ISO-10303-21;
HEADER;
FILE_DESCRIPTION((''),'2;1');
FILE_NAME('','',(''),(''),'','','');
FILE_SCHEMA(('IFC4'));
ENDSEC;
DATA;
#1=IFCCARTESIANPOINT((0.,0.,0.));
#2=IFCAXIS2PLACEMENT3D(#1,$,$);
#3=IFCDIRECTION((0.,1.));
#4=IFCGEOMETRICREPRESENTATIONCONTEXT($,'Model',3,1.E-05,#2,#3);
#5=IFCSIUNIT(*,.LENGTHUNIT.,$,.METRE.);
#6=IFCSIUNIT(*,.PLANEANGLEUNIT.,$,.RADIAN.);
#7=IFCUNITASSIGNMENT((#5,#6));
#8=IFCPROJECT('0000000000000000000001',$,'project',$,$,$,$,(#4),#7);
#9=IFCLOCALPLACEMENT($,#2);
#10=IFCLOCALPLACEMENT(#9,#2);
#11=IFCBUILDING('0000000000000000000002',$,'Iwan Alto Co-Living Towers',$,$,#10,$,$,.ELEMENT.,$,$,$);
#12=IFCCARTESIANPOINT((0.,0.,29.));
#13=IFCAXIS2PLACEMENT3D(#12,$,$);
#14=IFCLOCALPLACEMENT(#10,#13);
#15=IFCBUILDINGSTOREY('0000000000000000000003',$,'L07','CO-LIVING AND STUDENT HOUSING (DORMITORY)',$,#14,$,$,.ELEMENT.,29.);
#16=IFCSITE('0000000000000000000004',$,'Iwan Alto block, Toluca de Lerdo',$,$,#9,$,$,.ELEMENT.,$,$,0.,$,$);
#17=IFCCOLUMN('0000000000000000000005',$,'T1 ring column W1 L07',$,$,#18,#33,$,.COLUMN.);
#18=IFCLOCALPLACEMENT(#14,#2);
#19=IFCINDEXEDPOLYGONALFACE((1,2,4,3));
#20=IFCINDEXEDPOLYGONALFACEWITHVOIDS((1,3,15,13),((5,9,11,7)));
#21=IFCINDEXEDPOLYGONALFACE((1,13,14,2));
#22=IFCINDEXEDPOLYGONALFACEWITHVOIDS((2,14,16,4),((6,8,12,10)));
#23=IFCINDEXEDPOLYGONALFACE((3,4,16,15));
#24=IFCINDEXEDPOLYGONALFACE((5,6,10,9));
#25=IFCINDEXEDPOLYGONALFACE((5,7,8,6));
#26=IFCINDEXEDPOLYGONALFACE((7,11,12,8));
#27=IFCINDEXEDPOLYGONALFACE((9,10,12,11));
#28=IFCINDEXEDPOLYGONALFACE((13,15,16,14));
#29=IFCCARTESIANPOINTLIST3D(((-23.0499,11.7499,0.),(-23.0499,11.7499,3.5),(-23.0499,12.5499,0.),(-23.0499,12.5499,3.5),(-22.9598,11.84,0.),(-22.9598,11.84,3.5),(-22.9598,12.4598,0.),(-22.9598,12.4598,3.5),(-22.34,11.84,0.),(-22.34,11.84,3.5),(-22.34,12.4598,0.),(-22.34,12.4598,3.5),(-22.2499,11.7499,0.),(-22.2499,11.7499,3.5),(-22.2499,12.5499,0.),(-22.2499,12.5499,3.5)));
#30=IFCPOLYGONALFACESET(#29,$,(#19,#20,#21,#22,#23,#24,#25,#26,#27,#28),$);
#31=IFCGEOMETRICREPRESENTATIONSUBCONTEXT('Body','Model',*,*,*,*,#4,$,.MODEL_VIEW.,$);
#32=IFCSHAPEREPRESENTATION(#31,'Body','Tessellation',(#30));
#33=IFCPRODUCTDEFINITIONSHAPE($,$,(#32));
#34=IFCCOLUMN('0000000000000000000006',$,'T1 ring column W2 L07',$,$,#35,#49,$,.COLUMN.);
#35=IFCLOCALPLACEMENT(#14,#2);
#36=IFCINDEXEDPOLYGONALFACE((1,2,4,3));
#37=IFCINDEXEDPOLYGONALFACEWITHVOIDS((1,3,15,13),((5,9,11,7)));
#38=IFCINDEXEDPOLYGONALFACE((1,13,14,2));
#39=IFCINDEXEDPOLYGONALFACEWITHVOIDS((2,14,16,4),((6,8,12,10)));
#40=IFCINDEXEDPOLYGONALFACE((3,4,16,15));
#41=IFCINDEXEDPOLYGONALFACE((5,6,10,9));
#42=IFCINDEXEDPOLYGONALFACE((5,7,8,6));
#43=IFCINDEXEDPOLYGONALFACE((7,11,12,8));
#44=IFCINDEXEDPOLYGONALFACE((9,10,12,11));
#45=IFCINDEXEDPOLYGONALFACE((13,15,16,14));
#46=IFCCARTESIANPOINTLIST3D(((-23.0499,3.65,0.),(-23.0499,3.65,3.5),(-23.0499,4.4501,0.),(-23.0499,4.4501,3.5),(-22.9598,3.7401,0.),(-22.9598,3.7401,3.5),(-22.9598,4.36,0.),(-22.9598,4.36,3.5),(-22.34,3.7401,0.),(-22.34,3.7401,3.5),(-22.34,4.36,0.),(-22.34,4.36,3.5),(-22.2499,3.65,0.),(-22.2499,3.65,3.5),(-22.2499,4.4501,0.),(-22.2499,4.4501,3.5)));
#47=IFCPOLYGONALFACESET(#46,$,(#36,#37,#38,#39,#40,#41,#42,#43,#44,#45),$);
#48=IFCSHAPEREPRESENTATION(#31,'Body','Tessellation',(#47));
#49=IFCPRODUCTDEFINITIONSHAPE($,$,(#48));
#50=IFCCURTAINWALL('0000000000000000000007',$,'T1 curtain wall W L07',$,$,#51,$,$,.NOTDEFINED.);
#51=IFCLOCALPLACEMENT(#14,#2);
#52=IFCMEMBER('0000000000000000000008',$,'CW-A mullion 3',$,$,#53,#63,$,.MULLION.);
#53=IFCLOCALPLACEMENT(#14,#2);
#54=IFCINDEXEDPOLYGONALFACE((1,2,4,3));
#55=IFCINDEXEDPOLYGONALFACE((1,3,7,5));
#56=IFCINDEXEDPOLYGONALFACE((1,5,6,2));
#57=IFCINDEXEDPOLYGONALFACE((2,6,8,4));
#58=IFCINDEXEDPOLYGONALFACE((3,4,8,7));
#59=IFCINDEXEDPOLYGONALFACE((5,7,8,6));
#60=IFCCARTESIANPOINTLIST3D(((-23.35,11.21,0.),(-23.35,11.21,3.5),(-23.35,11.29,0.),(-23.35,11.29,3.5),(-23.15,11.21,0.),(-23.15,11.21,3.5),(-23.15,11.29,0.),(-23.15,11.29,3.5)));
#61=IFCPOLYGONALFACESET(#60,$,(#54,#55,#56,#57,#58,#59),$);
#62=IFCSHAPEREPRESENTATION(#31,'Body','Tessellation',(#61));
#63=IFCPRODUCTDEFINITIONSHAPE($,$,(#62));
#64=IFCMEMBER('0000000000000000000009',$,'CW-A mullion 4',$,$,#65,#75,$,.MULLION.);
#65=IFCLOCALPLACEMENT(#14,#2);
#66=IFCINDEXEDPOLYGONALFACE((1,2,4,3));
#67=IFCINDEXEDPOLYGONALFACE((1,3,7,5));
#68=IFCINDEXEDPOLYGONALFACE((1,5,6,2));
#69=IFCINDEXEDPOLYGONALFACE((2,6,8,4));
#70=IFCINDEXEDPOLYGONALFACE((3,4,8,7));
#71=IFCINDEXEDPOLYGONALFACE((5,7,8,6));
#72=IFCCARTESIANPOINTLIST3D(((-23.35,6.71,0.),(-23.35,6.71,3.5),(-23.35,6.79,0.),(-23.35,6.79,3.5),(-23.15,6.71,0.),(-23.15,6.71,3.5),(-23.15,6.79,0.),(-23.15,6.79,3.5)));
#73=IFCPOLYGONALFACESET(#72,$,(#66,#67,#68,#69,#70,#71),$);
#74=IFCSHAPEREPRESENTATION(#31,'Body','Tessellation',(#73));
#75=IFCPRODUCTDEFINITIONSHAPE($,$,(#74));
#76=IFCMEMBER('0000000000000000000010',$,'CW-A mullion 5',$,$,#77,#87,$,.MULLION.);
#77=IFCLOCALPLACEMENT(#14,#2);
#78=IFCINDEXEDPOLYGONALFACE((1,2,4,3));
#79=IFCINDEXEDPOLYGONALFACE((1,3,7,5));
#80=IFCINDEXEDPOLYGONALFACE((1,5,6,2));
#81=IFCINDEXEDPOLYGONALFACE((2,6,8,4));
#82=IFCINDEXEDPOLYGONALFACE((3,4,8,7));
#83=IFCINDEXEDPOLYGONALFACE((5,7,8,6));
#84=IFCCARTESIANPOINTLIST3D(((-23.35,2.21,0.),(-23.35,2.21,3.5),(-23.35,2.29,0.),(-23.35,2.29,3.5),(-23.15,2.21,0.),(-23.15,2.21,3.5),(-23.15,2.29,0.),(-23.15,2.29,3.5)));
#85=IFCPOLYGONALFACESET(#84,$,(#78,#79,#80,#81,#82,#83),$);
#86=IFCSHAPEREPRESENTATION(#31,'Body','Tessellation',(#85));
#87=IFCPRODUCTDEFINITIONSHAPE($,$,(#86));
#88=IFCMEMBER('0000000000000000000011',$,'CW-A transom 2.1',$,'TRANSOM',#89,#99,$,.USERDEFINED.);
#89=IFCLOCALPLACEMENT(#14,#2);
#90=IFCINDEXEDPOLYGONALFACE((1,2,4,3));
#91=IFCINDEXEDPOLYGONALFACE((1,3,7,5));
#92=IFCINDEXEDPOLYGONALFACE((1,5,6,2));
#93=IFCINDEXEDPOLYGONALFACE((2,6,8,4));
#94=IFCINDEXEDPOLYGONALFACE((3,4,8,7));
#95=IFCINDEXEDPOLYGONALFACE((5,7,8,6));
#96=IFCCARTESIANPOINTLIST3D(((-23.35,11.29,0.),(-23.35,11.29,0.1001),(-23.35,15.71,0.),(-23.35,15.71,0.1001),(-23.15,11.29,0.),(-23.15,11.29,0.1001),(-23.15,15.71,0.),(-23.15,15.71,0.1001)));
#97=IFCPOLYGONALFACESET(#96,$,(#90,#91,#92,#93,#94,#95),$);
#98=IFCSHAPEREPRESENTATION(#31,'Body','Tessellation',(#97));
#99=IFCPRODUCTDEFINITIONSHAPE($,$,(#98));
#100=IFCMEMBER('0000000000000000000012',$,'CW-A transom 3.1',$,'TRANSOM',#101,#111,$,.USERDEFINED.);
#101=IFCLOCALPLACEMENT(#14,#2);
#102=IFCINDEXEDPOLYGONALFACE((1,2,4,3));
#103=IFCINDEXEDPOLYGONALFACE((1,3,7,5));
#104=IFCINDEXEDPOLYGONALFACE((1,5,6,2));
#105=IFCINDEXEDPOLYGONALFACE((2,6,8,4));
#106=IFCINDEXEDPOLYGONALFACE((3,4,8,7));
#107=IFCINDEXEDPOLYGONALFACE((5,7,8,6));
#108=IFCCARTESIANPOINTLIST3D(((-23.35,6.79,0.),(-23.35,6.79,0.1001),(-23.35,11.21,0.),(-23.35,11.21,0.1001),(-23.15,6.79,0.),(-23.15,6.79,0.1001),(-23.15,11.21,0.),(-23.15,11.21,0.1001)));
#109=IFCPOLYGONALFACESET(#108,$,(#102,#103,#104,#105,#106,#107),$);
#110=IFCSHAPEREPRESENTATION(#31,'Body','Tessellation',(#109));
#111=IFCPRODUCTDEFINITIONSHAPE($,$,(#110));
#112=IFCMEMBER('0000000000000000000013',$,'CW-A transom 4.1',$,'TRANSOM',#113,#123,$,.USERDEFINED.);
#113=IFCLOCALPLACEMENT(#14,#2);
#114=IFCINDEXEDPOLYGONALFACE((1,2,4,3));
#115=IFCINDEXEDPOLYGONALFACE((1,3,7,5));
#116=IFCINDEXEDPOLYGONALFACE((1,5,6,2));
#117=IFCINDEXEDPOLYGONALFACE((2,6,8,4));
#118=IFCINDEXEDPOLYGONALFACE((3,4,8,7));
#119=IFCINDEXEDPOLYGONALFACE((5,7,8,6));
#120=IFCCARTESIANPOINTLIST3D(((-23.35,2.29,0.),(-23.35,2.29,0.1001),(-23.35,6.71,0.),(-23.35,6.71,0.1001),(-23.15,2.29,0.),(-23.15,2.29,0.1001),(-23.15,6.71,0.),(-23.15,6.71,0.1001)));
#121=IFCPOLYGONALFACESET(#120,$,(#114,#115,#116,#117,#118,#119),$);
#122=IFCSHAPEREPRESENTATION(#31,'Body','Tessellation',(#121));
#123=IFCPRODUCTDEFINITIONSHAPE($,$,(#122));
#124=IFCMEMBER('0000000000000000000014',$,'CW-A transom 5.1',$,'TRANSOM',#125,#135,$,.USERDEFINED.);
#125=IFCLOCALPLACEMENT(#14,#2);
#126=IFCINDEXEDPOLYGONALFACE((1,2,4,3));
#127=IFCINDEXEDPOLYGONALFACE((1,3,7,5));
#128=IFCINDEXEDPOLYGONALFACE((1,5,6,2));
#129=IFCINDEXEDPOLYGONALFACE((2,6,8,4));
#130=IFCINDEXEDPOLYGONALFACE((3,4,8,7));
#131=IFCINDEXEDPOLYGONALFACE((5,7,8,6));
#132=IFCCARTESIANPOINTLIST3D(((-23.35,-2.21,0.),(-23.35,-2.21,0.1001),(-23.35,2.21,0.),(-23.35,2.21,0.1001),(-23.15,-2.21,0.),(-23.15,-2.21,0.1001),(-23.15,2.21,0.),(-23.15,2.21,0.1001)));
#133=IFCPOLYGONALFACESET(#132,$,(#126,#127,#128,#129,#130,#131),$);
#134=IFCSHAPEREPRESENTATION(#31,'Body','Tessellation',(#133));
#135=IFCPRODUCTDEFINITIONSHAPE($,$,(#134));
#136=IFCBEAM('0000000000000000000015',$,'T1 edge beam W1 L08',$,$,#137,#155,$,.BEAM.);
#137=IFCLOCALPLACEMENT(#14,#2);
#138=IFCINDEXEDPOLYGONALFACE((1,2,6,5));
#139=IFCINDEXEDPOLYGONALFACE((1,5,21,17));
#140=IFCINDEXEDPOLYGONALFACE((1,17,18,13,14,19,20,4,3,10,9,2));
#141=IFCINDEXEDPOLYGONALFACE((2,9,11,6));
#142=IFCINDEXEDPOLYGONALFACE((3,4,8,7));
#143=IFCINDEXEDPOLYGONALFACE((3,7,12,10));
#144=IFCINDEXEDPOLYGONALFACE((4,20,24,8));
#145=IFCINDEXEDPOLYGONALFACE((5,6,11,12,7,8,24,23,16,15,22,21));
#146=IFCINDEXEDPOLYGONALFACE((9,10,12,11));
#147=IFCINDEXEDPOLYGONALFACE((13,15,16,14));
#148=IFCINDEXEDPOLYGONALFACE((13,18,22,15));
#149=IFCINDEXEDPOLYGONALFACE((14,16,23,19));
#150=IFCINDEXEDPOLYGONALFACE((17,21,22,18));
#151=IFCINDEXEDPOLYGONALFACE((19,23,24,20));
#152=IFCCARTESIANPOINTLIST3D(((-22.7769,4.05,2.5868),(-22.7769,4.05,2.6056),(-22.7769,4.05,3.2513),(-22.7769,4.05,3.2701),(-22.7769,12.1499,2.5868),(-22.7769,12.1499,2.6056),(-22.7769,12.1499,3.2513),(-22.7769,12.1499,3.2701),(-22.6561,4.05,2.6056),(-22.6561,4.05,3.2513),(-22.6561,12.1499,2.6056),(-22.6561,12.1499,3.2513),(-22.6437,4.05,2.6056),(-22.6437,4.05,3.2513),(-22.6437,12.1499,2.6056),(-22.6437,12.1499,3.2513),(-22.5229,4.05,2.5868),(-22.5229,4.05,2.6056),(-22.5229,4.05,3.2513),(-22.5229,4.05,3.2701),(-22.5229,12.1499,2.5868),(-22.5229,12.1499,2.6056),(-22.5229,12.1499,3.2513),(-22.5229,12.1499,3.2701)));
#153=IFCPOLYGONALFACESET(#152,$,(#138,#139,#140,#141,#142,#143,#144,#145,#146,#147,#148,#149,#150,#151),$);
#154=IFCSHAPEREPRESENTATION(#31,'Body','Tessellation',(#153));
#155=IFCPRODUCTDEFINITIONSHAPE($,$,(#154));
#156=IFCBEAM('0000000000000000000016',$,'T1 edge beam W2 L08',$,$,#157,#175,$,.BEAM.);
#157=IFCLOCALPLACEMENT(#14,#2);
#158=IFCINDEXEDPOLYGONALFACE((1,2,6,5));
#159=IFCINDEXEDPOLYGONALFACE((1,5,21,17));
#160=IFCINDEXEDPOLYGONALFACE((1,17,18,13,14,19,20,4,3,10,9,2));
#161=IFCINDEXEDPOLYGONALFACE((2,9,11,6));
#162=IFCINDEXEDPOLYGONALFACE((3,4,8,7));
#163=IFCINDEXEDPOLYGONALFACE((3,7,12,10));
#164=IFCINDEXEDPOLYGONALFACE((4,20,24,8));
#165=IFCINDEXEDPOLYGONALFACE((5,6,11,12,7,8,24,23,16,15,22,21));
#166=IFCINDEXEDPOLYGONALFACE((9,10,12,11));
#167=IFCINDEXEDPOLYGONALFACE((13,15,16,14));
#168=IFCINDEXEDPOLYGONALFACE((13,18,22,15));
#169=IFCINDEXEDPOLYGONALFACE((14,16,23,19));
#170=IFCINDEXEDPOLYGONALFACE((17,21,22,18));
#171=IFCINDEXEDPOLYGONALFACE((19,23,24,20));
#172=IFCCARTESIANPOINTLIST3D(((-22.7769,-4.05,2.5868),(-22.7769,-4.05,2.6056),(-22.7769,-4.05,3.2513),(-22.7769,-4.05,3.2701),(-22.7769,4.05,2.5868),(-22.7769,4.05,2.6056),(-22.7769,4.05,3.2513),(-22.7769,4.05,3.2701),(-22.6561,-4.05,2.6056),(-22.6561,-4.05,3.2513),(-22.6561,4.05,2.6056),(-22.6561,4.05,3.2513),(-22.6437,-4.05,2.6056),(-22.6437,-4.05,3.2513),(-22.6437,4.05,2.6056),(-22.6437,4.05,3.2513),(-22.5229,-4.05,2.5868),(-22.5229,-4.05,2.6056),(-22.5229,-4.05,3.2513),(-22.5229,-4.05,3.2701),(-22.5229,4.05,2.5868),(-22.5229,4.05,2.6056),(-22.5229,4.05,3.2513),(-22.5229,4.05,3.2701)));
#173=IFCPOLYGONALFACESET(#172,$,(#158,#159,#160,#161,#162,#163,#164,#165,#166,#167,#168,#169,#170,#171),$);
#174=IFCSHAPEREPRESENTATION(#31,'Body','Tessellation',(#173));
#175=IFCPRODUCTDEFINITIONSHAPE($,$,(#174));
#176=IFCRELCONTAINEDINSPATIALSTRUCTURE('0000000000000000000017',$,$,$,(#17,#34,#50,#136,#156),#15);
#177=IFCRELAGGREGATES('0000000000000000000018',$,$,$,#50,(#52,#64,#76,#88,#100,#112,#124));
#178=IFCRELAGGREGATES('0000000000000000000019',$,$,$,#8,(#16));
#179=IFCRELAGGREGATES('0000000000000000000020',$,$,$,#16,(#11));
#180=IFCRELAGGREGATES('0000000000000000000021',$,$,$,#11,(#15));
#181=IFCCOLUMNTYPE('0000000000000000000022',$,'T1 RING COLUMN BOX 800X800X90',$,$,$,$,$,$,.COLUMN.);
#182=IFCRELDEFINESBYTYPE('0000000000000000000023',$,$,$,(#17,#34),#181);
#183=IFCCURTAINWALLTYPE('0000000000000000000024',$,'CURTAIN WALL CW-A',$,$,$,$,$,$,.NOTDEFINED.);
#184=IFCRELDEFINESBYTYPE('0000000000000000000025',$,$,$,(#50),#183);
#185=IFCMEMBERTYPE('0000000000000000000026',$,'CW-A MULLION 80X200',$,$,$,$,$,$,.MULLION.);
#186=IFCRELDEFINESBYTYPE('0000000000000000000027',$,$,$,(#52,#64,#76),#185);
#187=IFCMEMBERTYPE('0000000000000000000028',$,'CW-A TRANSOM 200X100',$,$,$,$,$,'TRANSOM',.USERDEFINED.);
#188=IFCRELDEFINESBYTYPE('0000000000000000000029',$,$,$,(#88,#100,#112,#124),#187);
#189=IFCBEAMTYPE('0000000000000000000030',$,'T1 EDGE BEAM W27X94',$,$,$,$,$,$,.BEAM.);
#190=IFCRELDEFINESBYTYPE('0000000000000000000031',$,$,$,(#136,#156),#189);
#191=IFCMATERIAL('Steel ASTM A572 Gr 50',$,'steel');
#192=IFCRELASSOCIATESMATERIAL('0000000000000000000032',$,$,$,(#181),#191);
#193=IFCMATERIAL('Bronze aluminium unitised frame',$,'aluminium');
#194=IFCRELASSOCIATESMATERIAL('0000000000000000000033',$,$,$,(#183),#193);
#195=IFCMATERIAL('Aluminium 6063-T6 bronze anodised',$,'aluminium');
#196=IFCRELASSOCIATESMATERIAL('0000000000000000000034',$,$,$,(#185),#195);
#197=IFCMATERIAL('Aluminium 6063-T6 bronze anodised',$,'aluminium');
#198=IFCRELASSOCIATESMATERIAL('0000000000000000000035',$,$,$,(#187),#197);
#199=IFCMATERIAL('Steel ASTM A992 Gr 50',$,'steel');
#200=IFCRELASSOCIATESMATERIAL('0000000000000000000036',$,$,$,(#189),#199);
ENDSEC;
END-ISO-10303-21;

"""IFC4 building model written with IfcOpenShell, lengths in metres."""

from ifc_helpers import new_model, si_unit, direction, frame, origin, origin_2d, place, context, subcontext, project, spatial, rectangle, hollow_rectangle, i_section, extrude, material, material_profile, profile_set, type_object, element, aggregate, save


model = new_model("IFC4")

# Units and contexts
model_context = context("Model", 3, precision=1e-05, world=origin(), true_north=direction((0.0, 1.0)))
body_context = subcontext(model_context, "Body", "Model", "MODEL_VIEW")
ifc_project = project(units=[si_unit("LENGTHUNIT", "METRE"), si_unit("PLANEANGLEUNIT", "RADIAN")], contexts=[model_context])

# Site, building, storey
site_placement = place(None, origin())
site = spatial("IfcSite", under=ifc_project, at=site_placement, Name="Iwan Alto block, Toluca de Lerdo", CompositionType="ELEMENT", RefElevation=0.0)
building_placement = place(site_placement, origin())
building = spatial("IfcBuilding", under=site, at=building_placement, Name="Iwan Alto Co-Living Towers", CompositionType="ELEMENT")
storey_placement = place(building_placement, frame((0.0, 0.0, 29.0)))
storey = spatial("IfcBuildingStorey", under=building, at=storey_placement, Name="L07", Description="CO-LIVING AND STUDENT HOUSING (DORMITORY)", CompositionType="ELEMENT", Elevation=29.0)

# Columns
ifc_material_1 = material(Name="Steel ASTM A572 Gr 50", Category="steel")
ifc_material_profile_1 = material_profile(ifc_material_1, hollow_rectangle(XDim=0.8, YDim=0.8, WallThickness=0.0901, at=origin_2d()), Name="BOX 800X800X90")
ifc_profile_set_1 = profile_set([ifc_material_profile_1], Name="Steel ASTM A572 Gr 50")
column_type = type_object("IfcColumnType", Name="T1 RING COLUMN BOX 800X800X90", PredefinedType="COLUMN", material=ifc_profile_set_1)
for number, where, z_axis, x_axis, name in (
    (1, (-22.6499, 12.1499, 0.0), (0.0, 0.0, 1.0), (1.0, 0.0, 0.0), "T1 ring column W1 L07"),
    (2, (-22.6499, 4.05, 0.0), (0.0, 0.0, 1.0), (1.0, 0.0, 0.0), "T1 ring column W2 L07"),
):
    element("IfcColumn", number, at=place(storey_placement, frame(where, z_axis=z_axis, x_axis=x_axis)), inside=storey, type_object=column_type, Name=name, PredefinedType="COLUMN", context=body_context, shape_type="SweptSolid", body=[
        extrude(hollow_rectangle(XDim=0.8, YDim=0.8, WallThickness=0.0901, at=origin_2d()), origin(), (0.0, 0.0, 1.0), 3.5),
    ])

# Curtain wall, members
ifc_material_2 = material(Name="Bronze aluminium unitised frame", Category="aluminium")
curtain_wall_type = type_object("IfcCurtainWallType", Name="CURTAIN WALL CW-A", PredefinedType="NOTDEFINED", material=ifc_material_2)
curtain_wall_placement = place(storey_placement, origin())
curtain_wall = element("IfcCurtainWall", 3, at=curtain_wall_placement, inside=storey, type_object=curtain_wall_type, Name="T1 curtain wall W L07", PredefinedType="NOTDEFINED")
ifc_material_3 = material(Name="Aluminium 6063-T6 bronze anodised", Category="aluminium")
ifc_material_profile_2 = material_profile(ifc_material_3, rectangle(XDim=0.2, YDim=0.0801, at=origin_2d()), Name="AL 80X200")
ifc_profile_set_2 = profile_set([ifc_material_profile_2], Name="Aluminium 6063-T6 bronze anodised")
member_type_1 = type_object("IfcMemberType", Name="CW-A MULLION 80X200", PredefinedType="MULLION", material=ifc_profile_set_2)
member_1_placement = place(storey_placement, frame((-23.25, 11.25, 0.0), z_axis=(0.0, 0.0, 1.0), x_axis=(1.0, 0.0, 0.0)))
member_1 = element("IfcMember", 4, at=member_1_placement, type_object=member_type_1, Name="CW-A mullion 3", PredefinedType="MULLION", context=body_context, shape_type="SweptSolid", body=[
    extrude(rectangle(XDim=0.2, YDim=0.0801, at=origin_2d()), origin(), (0.0, 0.0, 1.0), 3.5),
])
member_2_placement = place(storey_placement, frame((-23.25, 6.75, 0.0), z_axis=(0.0, 0.0, 1.0), x_axis=(1.0, 0.0, 0.0)))
member_2 = element("IfcMember", 5, at=member_2_placement, type_object=member_type_1, Name="CW-A mullion 4", PredefinedType="MULLION", context=body_context, shape_type="SweptSolid", body=[
    extrude(rectangle(XDim=0.2, YDim=0.0801, at=origin_2d()), origin(), (0.0, 0.0, 1.0), 3.5),
])
member_3_placement = place(storey_placement, frame((-23.25, 2.25, 0.0), z_axis=(0.0, 0.0, 1.0), x_axis=(1.0, 0.0, 0.0)))
member_3 = element("IfcMember", 6, at=member_3_placement, type_object=member_type_1, Name="CW-A mullion 5", PredefinedType="MULLION", context=body_context, shape_type="SweptSolid", body=[
    extrude(rectangle(XDim=0.2, YDim=0.0801, at=origin_2d()), origin(), (0.0, 0.0, 1.0), 3.5),
])
ifc_material_4 = material(Name="Aluminium 6063-T6 bronze anodised", Category="aluminium")
ifc_material_profile_3 = material_profile(ifc_material_4, rectangle(XDim=0.2, YDim=0.1001, at=origin_2d()), Name="AL 200X100")
ifc_profile_set_3 = profile_set([ifc_material_profile_3], Name="Aluminium 6063-T6 bronze anodised")
member_type_2 = type_object("IfcMemberType", Name="CW-A TRANSOM 200X100", ElementType="TRANSOM", PredefinedType="USERDEFINED", material=ifc_profile_set_3)
member_4_placement = place(storey_placement, frame((-23.25, 15.71, 0.05), z_axis=(0.0, -1.0, 0.0), x_axis=(1.0, 0.0, 0.0)))
member_4 = element("IfcMember", 7, at=member_4_placement, type_object=member_type_2, Name="CW-A transom 2.1", ObjectType="TRANSOM", PredefinedType="USERDEFINED", context=body_context, shape_type="SweptSolid", body=[
    extrude(rectangle(XDim=0.2, YDim=0.1001, at=origin_2d()), origin(), (0.0, 0.0, 1.0), 4.4199),
])
member_5_placement = place(storey_placement, frame((-23.25, 11.21, 0.05), z_axis=(0.0, -1.0, 0.0), x_axis=(1.0, 0.0, 0.0)))
member_5 = element("IfcMember", 8, at=member_5_placement, type_object=member_type_2, Name="CW-A transom 3.1", ObjectType="TRANSOM", PredefinedType="USERDEFINED", context=body_context, shape_type="SweptSolid", body=[
    extrude(rectangle(XDim=0.2, YDim=0.1001, at=origin_2d()), origin(), (0.0, 0.0, 1.0), 4.4199),
])
member_6_placement = place(storey_placement, frame((-23.25, 6.71, 0.05), z_axis=(0.0, -1.0, 0.0), x_axis=(1.0, 0.0, 0.0)))
member_6 = element("IfcMember", 9, at=member_6_placement, type_object=member_type_2, Name="CW-A transom 4.1", ObjectType="TRANSOM", PredefinedType="USERDEFINED", context=body_context, shape_type="SweptSolid", body=[
    extrude(rectangle(XDim=0.2, YDim=0.1001, at=origin_2d()), origin(), (0.0, 0.0, 1.0), 4.4199),
])
member_7_placement = place(storey_placement, frame((-23.25, 2.21, 0.05), z_axis=(0.0, -1.0, 0.0), x_axis=(1.0, 0.0, 0.0)))
member_7 = element("IfcMember", 10, at=member_7_placement, type_object=member_type_2, Name="CW-A transom 5.1", ObjectType="TRANSOM", PredefinedType="USERDEFINED", context=body_context, shape_type="SweptSolid", body=[
    extrude(rectangle(XDim=0.2, YDim=0.1001, at=origin_2d()), origin(), (0.0, 0.0, 1.0), 4.4199),
])

# Beams
ifc_material_5 = material(Name="Steel ASTM A992 Gr 50", Category="steel")
ifc_material_profile_4 = material_profile(ifc_material_5, i_section(OverallWidth=0.2539, OverallDepth=0.6833, WebThickness=0.0125, FlangeThickness=0.0188, at=origin_2d()), Name="W27X94")
ifc_profile_set_4 = profile_set([ifc_material_profile_4], Name="Steel ASTM A992 Gr 50")
beam_type_1 = type_object("IfcBeamType", Name="T1 EDGE BEAM W27X94", PredefinedType="BEAM", material=ifc_profile_set_4)
beam_1_placement = place(storey_placement, frame((-22.6499, 12.1499, 2.9285), z_axis=(0.0, -1.0, 0.0), x_axis=(1.0, 0.0, 0.0)))
element("IfcBeam", 11, at=beam_1_placement, inside=storey, type_object=beam_type_1, Name="T1 edge beam W1 L08", PredefinedType="BEAM", context=body_context, shape_type="SweptSolid", body=[
    extrude(i_section(OverallWidth=0.2539, OverallDepth=0.6833, WebThickness=0.0125, FlangeThickness=0.0188, at=origin_2d()), origin(), (0.0, 0.0, 1.0), 8.0999),
])
beam_2_placement = place(storey_placement, frame((-22.6499, 4.05, 2.9285), z_axis=(0.0, -1.0, 0.0), x_axis=(1.0, 0.0, 0.0)))
element("IfcBeam", 12, at=beam_2_placement, inside=storey, type_object=beam_type_1, Name="T1 edge beam W2 L08", PredefinedType="BEAM", context=body_context, shape_type="SweptSolid", body=[
    extrude(i_section(OverallWidth=0.2539, OverallDepth=0.6833, WebThickness=0.0125, FlangeThickness=0.0188, at=origin_2d()), origin(), (0.0, 0.0, 1.0), 8.1001),
])

aggregate(curtain_wall, [member_1, member_2, member_3, member_4, member_5, member_6, member_7])

save(model, "model.ifc")
